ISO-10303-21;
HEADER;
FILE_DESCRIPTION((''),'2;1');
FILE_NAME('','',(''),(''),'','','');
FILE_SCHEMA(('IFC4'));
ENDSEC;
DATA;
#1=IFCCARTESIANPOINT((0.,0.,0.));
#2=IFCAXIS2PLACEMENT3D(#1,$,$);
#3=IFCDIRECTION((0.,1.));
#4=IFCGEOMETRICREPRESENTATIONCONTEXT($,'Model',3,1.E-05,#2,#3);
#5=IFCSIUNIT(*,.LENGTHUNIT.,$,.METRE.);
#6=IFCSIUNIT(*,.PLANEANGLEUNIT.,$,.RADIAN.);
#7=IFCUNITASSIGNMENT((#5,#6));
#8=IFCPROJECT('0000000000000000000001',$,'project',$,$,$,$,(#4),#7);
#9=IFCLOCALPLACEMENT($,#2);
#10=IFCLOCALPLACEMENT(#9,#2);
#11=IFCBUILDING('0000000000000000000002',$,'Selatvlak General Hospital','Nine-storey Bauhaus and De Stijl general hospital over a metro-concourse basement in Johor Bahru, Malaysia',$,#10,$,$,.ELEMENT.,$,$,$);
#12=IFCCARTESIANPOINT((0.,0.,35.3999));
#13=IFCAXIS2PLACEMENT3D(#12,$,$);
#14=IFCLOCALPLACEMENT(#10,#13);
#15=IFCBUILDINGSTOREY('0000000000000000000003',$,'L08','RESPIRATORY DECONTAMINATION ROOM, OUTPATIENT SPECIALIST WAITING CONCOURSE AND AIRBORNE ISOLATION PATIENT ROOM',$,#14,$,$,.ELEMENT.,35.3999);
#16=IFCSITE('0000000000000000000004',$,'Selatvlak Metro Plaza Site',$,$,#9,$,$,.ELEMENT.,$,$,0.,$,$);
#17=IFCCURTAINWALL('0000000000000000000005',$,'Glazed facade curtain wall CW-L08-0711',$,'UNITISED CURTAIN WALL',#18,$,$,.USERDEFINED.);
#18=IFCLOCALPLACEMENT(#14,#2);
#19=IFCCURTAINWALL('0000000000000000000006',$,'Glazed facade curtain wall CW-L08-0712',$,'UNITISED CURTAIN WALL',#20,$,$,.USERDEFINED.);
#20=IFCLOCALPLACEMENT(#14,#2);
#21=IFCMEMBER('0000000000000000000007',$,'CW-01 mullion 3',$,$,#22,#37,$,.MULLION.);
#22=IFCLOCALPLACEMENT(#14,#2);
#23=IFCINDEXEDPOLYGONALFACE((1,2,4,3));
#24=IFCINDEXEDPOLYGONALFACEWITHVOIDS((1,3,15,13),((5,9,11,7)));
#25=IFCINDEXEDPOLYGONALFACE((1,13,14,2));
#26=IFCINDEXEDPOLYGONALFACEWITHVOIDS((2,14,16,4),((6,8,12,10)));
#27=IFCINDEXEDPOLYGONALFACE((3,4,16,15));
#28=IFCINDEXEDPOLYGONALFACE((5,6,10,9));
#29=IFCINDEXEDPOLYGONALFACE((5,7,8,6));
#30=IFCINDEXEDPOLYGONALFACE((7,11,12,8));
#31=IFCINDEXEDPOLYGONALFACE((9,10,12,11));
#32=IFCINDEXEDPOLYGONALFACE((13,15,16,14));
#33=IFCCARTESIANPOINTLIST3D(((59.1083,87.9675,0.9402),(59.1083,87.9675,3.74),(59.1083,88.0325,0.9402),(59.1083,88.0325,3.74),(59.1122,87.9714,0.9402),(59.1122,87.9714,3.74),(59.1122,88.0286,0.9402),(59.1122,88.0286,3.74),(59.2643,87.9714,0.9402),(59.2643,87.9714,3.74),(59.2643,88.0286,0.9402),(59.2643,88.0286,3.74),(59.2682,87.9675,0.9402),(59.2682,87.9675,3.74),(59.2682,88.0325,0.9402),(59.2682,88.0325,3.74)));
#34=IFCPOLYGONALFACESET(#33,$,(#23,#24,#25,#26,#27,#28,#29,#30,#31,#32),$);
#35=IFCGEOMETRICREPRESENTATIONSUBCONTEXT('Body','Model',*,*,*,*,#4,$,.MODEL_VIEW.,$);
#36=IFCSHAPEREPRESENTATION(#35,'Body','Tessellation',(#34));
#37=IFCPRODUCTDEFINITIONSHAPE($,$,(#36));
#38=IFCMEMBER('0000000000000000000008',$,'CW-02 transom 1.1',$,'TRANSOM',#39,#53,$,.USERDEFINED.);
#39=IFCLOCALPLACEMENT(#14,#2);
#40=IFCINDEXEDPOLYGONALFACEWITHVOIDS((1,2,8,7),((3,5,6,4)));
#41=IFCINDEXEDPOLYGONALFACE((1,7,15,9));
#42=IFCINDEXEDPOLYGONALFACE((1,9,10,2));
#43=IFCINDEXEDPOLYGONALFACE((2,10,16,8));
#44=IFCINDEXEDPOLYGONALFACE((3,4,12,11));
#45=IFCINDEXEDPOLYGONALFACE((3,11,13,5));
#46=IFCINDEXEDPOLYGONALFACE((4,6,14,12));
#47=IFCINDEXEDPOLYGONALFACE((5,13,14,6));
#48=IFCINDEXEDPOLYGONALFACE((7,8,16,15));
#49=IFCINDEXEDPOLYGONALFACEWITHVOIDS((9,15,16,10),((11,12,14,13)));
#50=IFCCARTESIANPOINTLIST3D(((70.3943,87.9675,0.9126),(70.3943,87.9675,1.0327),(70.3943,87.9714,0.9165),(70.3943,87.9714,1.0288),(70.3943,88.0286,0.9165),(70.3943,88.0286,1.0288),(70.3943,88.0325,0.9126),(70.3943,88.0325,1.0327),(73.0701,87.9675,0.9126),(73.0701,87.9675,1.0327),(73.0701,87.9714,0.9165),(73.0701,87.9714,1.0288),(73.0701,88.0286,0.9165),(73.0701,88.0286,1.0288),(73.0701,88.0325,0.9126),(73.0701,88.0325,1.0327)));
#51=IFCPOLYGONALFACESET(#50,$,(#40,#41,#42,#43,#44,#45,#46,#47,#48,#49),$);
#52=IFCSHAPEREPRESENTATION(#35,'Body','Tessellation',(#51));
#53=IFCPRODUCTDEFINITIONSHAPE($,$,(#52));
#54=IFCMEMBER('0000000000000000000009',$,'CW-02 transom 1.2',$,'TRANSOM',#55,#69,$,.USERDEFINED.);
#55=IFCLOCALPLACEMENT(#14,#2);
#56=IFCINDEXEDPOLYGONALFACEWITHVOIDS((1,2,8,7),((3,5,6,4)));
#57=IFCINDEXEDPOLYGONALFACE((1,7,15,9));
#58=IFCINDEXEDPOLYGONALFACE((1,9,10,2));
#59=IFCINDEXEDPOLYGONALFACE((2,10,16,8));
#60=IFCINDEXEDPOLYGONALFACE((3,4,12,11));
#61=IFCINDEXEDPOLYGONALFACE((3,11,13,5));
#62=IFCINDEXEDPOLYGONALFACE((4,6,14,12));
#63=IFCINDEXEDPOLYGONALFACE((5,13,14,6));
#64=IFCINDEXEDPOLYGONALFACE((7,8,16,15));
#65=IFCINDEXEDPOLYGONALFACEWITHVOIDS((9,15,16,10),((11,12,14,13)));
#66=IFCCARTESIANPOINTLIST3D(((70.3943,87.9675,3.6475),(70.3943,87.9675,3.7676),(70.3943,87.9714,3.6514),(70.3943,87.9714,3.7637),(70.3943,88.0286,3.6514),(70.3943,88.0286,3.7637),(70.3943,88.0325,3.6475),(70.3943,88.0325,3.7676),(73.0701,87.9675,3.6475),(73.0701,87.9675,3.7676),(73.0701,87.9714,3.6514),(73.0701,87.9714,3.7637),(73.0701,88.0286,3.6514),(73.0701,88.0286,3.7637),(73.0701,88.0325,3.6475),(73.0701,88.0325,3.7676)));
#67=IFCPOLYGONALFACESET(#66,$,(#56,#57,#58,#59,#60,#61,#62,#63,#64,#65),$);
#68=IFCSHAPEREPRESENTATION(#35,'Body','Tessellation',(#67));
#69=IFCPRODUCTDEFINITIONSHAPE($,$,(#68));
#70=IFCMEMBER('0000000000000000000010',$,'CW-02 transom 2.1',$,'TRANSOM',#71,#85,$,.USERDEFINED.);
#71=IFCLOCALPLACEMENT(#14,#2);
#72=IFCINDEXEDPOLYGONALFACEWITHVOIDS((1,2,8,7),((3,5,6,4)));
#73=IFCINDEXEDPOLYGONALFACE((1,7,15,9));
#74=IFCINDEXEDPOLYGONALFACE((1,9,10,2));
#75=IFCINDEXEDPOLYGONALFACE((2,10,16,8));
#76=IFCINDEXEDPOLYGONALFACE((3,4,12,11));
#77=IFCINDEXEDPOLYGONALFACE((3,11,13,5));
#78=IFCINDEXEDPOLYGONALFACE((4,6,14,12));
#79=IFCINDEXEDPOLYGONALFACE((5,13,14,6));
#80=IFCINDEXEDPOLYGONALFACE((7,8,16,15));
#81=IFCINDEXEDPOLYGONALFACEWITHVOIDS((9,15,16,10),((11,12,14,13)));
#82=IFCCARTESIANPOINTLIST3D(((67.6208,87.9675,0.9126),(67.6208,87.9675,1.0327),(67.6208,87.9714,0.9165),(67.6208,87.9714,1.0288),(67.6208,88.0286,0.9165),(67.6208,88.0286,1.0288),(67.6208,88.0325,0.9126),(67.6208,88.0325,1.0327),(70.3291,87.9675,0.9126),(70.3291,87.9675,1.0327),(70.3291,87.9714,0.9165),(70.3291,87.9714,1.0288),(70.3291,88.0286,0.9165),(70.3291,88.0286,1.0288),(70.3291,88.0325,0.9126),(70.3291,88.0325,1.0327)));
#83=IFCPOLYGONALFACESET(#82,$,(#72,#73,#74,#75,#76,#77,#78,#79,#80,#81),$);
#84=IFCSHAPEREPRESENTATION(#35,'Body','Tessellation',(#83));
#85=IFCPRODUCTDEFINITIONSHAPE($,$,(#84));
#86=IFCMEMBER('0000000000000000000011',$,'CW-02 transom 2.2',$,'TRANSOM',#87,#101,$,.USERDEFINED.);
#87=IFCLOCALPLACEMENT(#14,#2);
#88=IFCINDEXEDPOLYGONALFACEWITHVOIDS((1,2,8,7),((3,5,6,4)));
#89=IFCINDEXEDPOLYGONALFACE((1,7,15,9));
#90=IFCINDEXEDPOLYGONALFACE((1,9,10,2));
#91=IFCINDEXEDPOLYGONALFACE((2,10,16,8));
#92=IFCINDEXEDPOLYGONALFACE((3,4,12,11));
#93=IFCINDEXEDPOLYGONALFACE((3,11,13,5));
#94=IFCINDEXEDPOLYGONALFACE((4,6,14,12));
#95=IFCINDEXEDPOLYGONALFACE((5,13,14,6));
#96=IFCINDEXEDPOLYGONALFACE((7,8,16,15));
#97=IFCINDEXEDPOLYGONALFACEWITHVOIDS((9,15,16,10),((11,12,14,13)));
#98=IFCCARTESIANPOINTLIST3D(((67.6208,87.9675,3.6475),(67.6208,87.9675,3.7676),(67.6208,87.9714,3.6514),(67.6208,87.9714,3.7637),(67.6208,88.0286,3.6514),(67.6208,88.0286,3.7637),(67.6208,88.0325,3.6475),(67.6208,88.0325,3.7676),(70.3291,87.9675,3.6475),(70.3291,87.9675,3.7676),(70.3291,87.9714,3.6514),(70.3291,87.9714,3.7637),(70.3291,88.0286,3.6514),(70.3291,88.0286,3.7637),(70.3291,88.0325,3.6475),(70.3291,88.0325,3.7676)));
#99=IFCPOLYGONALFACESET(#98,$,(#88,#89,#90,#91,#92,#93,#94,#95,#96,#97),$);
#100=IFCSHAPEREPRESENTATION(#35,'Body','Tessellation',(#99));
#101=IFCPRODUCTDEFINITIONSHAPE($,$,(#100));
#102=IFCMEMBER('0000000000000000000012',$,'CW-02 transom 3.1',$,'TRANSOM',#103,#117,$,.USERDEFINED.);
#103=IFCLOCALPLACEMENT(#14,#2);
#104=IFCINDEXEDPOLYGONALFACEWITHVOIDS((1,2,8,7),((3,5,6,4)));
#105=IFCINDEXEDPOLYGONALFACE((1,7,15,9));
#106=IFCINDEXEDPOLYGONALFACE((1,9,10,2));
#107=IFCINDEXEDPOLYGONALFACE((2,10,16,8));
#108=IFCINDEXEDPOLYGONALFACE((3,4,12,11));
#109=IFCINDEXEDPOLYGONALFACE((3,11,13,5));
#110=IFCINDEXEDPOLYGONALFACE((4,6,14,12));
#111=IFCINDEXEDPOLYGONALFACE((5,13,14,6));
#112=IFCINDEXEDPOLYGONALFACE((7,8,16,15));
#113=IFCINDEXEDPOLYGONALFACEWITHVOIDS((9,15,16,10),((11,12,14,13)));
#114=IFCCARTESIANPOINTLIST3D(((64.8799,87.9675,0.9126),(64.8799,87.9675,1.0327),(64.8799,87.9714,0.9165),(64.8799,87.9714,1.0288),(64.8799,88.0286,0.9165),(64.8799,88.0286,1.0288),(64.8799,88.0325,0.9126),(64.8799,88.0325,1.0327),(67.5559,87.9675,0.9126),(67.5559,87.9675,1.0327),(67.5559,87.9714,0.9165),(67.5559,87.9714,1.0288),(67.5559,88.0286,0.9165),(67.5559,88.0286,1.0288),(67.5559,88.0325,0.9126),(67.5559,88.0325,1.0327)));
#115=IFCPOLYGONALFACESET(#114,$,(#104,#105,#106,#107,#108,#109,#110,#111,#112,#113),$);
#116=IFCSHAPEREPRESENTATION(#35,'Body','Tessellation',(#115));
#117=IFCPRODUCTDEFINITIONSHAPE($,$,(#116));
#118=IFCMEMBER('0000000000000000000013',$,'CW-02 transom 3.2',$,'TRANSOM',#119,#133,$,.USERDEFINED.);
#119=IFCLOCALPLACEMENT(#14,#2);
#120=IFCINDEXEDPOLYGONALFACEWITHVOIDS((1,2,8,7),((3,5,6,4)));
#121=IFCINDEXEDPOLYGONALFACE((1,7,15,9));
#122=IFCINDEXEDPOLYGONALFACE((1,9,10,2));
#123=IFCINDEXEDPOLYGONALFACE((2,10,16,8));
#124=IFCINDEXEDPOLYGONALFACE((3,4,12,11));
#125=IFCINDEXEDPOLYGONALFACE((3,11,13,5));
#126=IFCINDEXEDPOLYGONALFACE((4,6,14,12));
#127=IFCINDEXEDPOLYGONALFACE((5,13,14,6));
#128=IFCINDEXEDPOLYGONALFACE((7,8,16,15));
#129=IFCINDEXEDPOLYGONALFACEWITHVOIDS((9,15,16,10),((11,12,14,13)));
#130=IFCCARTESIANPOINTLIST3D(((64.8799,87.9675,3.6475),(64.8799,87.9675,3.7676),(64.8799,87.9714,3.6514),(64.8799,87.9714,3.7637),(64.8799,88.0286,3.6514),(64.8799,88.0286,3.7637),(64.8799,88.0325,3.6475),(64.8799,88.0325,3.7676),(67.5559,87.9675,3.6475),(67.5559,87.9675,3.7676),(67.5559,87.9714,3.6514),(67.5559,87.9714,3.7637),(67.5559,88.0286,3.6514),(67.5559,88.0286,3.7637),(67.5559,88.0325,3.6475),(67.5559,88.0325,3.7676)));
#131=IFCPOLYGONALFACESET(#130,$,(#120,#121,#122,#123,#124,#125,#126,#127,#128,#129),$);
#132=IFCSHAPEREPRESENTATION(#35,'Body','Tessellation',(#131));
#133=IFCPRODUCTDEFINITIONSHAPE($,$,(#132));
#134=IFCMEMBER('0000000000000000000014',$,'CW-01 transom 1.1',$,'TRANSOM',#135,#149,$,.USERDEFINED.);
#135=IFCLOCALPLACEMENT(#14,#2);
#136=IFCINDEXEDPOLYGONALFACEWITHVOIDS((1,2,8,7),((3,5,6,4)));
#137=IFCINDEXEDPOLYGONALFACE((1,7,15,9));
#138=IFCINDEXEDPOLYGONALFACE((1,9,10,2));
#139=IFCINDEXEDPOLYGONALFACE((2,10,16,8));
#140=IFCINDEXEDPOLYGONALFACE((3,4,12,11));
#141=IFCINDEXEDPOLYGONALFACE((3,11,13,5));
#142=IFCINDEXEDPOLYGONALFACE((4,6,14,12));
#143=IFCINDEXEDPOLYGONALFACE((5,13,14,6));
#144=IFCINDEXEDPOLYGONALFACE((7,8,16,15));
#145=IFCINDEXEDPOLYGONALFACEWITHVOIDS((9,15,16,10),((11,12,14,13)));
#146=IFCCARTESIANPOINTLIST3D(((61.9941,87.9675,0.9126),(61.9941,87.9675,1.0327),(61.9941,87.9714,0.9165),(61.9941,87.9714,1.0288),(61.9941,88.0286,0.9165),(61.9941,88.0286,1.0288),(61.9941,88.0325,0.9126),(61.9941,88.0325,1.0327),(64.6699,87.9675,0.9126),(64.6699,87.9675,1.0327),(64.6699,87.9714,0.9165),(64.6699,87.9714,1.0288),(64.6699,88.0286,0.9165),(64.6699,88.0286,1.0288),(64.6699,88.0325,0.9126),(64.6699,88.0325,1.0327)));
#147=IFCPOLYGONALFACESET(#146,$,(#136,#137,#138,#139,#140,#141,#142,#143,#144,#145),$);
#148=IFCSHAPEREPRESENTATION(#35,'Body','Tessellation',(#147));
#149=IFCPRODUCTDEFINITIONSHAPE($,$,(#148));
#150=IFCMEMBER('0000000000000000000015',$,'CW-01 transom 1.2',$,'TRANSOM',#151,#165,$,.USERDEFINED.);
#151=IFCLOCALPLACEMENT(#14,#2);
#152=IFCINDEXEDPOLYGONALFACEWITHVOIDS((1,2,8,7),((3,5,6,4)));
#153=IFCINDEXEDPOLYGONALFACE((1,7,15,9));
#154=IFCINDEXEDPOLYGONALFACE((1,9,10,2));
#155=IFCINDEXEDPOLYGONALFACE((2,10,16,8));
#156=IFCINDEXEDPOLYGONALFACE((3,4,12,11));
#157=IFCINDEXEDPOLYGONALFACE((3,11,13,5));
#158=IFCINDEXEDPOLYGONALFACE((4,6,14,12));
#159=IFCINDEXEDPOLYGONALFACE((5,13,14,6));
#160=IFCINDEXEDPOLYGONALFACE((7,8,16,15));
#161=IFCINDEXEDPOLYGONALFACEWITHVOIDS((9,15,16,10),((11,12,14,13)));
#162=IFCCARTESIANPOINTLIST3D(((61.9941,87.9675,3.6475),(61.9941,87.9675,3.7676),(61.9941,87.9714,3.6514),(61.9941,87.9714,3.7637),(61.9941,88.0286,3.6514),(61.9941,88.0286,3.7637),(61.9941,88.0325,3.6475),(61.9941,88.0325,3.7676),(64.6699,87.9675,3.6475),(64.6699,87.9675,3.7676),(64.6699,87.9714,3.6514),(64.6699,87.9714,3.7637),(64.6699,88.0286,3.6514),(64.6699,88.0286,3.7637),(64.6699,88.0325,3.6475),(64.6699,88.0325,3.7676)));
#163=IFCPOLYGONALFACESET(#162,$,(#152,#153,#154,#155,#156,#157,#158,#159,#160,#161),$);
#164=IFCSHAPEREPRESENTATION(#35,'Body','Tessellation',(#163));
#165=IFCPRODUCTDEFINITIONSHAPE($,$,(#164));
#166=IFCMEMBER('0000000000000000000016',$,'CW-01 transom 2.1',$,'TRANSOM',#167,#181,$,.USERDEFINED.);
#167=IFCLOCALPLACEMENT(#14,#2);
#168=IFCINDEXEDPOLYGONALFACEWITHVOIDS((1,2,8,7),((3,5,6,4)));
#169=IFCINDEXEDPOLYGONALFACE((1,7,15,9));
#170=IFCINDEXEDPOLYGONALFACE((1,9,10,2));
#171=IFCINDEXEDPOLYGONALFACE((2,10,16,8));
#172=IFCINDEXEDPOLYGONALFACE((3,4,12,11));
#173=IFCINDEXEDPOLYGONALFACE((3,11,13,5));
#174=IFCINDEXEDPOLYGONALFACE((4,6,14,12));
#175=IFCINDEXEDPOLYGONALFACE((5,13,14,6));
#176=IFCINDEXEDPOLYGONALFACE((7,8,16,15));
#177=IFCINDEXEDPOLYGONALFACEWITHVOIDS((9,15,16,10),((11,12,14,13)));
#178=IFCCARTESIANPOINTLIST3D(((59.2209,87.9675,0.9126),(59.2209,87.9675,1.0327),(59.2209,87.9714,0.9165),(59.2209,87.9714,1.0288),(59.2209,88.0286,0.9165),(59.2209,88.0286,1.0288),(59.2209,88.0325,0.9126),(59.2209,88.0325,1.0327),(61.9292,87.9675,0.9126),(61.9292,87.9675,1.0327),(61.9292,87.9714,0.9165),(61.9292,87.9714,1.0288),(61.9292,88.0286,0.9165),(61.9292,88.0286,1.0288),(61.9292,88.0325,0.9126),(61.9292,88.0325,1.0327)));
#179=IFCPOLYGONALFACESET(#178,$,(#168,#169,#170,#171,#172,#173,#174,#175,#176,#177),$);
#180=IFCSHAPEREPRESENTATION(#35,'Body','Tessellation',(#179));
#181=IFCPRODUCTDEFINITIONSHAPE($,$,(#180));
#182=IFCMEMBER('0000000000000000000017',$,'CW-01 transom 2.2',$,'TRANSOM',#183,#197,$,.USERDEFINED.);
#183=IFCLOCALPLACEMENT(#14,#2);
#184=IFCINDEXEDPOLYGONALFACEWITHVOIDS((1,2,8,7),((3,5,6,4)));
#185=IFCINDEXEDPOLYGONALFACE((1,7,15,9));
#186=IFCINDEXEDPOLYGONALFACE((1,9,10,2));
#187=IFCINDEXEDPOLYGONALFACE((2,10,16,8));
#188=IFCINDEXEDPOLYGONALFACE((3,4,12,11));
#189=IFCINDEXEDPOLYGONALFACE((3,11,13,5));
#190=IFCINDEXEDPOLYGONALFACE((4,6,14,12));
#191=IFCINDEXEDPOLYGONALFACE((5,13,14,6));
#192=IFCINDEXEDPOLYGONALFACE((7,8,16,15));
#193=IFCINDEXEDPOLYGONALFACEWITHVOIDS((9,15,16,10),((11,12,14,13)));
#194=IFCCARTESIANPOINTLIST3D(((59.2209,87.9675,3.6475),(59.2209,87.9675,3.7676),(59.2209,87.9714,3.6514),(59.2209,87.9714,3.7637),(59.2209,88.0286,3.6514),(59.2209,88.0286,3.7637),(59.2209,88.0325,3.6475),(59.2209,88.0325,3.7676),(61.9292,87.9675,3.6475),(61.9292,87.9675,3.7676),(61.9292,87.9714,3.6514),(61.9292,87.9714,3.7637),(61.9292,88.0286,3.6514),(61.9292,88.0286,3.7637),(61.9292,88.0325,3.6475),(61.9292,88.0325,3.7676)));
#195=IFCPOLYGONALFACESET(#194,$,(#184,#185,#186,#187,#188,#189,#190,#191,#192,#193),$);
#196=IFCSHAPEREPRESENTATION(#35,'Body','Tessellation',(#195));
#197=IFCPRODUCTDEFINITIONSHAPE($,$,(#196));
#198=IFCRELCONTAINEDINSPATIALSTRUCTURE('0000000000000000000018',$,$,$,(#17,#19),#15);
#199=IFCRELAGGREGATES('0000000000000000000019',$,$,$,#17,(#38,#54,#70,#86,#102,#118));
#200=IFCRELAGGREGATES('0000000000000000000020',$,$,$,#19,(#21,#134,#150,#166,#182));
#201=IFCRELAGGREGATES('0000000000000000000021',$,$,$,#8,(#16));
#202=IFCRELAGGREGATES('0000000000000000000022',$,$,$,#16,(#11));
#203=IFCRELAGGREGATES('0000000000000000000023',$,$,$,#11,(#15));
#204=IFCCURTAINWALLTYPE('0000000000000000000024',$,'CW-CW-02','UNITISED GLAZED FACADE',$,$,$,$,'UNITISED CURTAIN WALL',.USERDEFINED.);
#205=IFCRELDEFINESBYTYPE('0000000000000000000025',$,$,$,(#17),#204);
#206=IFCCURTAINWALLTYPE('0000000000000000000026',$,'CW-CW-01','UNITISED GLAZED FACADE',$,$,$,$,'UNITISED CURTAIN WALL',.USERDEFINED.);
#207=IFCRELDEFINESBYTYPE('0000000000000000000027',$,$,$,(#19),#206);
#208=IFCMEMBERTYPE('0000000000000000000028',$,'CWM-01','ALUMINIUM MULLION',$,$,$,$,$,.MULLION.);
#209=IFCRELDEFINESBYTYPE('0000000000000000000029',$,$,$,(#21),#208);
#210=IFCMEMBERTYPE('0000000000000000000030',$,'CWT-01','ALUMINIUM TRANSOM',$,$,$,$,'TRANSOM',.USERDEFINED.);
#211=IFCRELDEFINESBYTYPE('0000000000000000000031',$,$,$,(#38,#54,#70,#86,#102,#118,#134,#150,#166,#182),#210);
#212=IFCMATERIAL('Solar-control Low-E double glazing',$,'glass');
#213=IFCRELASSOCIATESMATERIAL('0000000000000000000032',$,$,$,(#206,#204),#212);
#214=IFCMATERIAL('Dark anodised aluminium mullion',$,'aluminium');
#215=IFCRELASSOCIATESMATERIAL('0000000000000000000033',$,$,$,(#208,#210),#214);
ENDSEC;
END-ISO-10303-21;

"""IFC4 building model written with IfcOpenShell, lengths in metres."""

from ifc_helpers import new_model, si_unit, direction, frame, origin, origin_2d, place, context, subcontext, project, spatial, hollow_rectangle, extrude, material, material_profile, profile_set, type_object, element, aggregate, save


model = new_model("IFC4")

# Units and contexts
model_context = context("Model", 3, precision=1e-05, world=origin(), true_north=direction((0.0, 1.0)))
body_context = subcontext(model_context, "Body", "Model", "MODEL_VIEW")
ifc_project = project(units=[si_unit("LENGTHUNIT", "METRE"), si_unit("PLANEANGLEUNIT", "RADIAN")], contexts=[model_context])

# Site, building, storey
site_placement = place(None, origin())
site = spatial("IfcSite", under=ifc_project, at=site_placement, Name="Selatvlak Metro Plaza Site", CompositionType="ELEMENT", RefElevation=0.0)
building_placement = place(site_placement, origin())
building = spatial("IfcBuilding", under=site, at=building_placement, Name="Selatvlak General Hospital", Description="Nine-storey Bauhaus and De Stijl general hospital over a metro-concourse basement in Johor Bahru, Malaysia", CompositionType="ELEMENT")
storey_placement = place(building_placement, frame((0.0, 0.0, 35.3999)))
storey = spatial("IfcBuildingStorey", under=building, at=storey_placement, Name="L08", Description="RESPIRATORY DECONTAMINATION ROOM, OUTPATIENT SPECIALIST WAITING CONCOURSE AND AIRBORNE ISOLATION PATIENT ROOM", CompositionType="ELEMENT", Elevation=35.3999)

# Shared definitions
ifc_material_1 = material(Name="Solar-control Low-E double glazing", Category="glass")
curtain_wall_type_1 = type_object("IfcCurtainWallType", Name="CW-CW-01", Description="UNITISED GLAZED FACADE", ElementType="UNITISED CURTAIN WALL", PredefinedType="USERDEFINED", material=ifc_material_1)
ifc_material_2 = material(Name="Dark anodised aluminium mullion", Category="aluminium")
ifc_material_profile_1 = material_profile(ifc_material_2, hollow_rectangle(XDim=0.0649, YDim=0.1599, WallThickness=0.0039, at=origin_2d()), Name="AL-MUL 65x160x4")
ifc_profile_set_1 = profile_set([ifc_material_profile_1], Name="Dark anodised aluminium mullion")
member_type_1 = type_object("IfcMemberType", Name="CWM-01", Description="ALUMINIUM MULLION", PredefinedType="MULLION", material=ifc_profile_set_1)

# Curtain walls, member
curtain_wall_type_2 = type_object("IfcCurtainWallType", Name="CW-CW-02", Description="UNITISED GLAZED FACADE", ElementType="UNITISED CURTAIN WALL", PredefinedType="USERDEFINED", material=ifc_material_1)
curtain_wall_1_placement = place(storey_placement, origin())
curtain_wall_1 = element("IfcCurtainWall", 1, at=curtain_wall_1_placement, inside=storey, type_object=curtain_wall_type_2, Name="Glazed facade curtain wall CW-L08-0711", ObjectType="UNITISED CURTAIN WALL", PredefinedType="USERDEFINED")
curtain_wall_2_placement = place(storey_placement, origin())
curtain_wall_2 = element("IfcCurtainWall", 2, at=curtain_wall_2_placement, inside=storey, type_object=curtain_wall_type_1, Name="Glazed facade curtain wall CW-L08-0712", ObjectType="UNITISED CURTAIN WALL", PredefinedType="USERDEFINED")
member_1_placement = place(storey_placement, frame((59.1882, 88.0, 0.9402), z_axis=(0.0, 0.0, 1.0), x_axis=(0.0, -1.0, 0.0)))
member_1 = element("IfcMember", 3, at=member_1_placement, type_object=member_type_1, Name="CW-01 mullion 3", PredefinedType="MULLION", context=body_context, shape_type="SweptSolid", body=[
    extrude(hollow_rectangle(XDim=0.0649, YDim=0.1599, WallThickness=0.0039, at=origin_2d()), origin(), (0.0, 0.0, 1.0), 2.7998),
])

# Members
ifc_material_profile_2 = material_profile(ifc_material_2, hollow_rectangle(XDim=0.0649, YDim=0.1201, WallThickness=0.0039, at=origin_2d()), Name="AL-TRN 65x120x4")
ifc_profile_set_2 = profile_set([ifc_material_profile_2], Name="Dark anodised aluminium mullion")
member_type_2 = type_object("IfcMemberType", Name="CWT-01", Description="ALUMINIUM TRANSOM", ElementType="TRANSOM", PredefinedType="USERDEFINED", material=ifc_profile_set_2)
member_2_placement = place(storey_placement, frame((73.0701, 88.0, 0.9727), z_axis=(-1.0, 0.0, 0.0), x_axis=(0.0, -1.0, 0.0)))
member_2 = element("IfcMember", 4, at=member_2_placement, type_object=member_type_2, Name="CW-02 transom 1.1", ObjectType="TRANSOM", PredefinedType="USERDEFINED", context=body_context, shape_type="SweptSolid", body=[
    extrude(hollow_rectangle(XDim=0.0649, YDim=0.1201, WallThickness=0.0039, at=origin_2d()), origin(), (0.0, 0.0, 1.0), 2.6758),
])
member_3_placement = place(storey_placement, frame((73.0701, 88.0, 3.7075), z_axis=(-1.0, 0.0, 0.0), x_axis=(0.0, -1.0, 0.0)))
member_3 = element("IfcMember", 5, at=member_3_placement, type_object=member_type_2, Name="CW-02 transom 1.2", ObjectType="TRANSOM", PredefinedType="USERDEFINED", context=body_context, shape_type="SweptSolid", body=[
    extrude(hollow_rectangle(XDim=0.0649, YDim=0.1201, WallThickness=0.0039, at=origin_2d()), origin(), (0.0, 0.0, 1.0), 2.6758),
])
member_4_placement = place(storey_placement, frame((70.3291, 88.0, 0.9727), z_axis=(-1.0, 0.0, 0.0), x_axis=(0.0, -1.0, 0.0)))
member_4 = element("IfcMember", 6, at=member_4_placement, type_object=member_type_2, Name="CW-02 transom 2.1", ObjectType="TRANSOM", PredefinedType="USERDEFINED", context=body_context, shape_type="SweptSolid", body=[
    extrude(hollow_rectangle(XDim=0.0649, YDim=0.1201, WallThickness=0.0039, at=origin_2d()), origin(), (0.0, 0.0, 1.0), 2.7083),
])
member_5_placement = place(storey_placement, frame((70.3291, 88.0, 3.7075), z_axis=(-1.0, 0.0, 0.0), x_axis=(0.0, -1.0, 0.0)))
member_5 = element("IfcMember", 7, at=member_5_placement, type_object=member_type_2, Name="CW-02 transom 2.2", ObjectType="TRANSOM", PredefinedType="USERDEFINED", context=body_context, shape_type="SweptSolid", body=[
    extrude(hollow_rectangle(XDim=0.0649, YDim=0.1201, WallThickness=0.0039, at=origin_2d()), origin(), (0.0, 0.0, 1.0), 2.7083),
])
member_6_placement = place(storey_placement, frame((67.5559, 88.0, 0.9727), z_axis=(-1.0, 0.0, 0.0), x_axis=(0.0, -1.0, 0.0)))
member_6 = element("IfcMember", 8, at=member_6_placement, type_object=member_type_2, Name="CW-02 transom 3.1", ObjectType="TRANSOM", PredefinedType="USERDEFINED", context=body_context, shape_type="SweptSolid", body=[
    extrude(hollow_rectangle(XDim=0.0649, YDim=0.1201, WallThickness=0.0039, at=origin_2d()), origin(), (0.0, 0.0, 1.0), 2.676),
])
member_7_placement = place(storey_placement, frame((67.5559, 88.0, 3.7075), z_axis=(-1.0, 0.0, 0.0), x_axis=(0.0, -1.0, 0.0)))
member_7 = element("IfcMember", 9, at=member_7_placement, type_object=member_type_2, Name="CW-02 transom 3.2", ObjectType="TRANSOM", PredefinedType="USERDEFINED", context=body_context, shape_type="SweptSolid", body=[
    extrude(hollow_rectangle(XDim=0.0649, YDim=0.1201, WallThickness=0.0039, at=origin_2d()), origin(), (0.0, 0.0, 1.0), 2.676),
])
member_8_placement = place(storey_placement, frame((64.6699, 88.0, 0.9727), z_axis=(-1.0, 0.0, 0.0), x_axis=(0.0, -1.0, 0.0)))
member_8 = element("IfcMember", 10, at=member_8_placement, type_object=member_type_2, Name="CW-01 transom 1.1", ObjectType="TRANSOM", PredefinedType="USERDEFINED", context=body_context, shape_type="SweptSolid", body=[
    extrude(hollow_rectangle(XDim=0.0649, YDim=0.1201, WallThickness=0.0039, at=origin_2d()), origin(), (0.0, 0.0, 1.0), 2.6758),
])
member_9_placement = place(storey_placement, frame((64.6699, 88.0, 3.7075), z_axis=(-1.0, 0.0, 0.0), x_axis=(0.0, -1.0, 0.0)))
member_9 = element("IfcMember", 11, at=member_9_placement, type_object=member_type_2, Name="CW-01 transom 1.2", ObjectType="TRANSOM", PredefinedType="USERDEFINED", context=body_context, shape_type="SweptSolid", body=[
    extrude(hollow_rectangle(XDim=0.0649, YDim=0.1201, WallThickness=0.0039, at=origin_2d()), origin(), (0.0, 0.0, 1.0), 2.6758),
])
member_10_placement = place(storey_placement, frame((61.9292, 88.0, 0.9727), z_axis=(-1.0, 0.0, 0.0), x_axis=(0.0, -1.0, 0.0)))
member_10 = element("IfcMember", 12, at=member_10_placement, type_object=member_type_2, Name="CW-01 transom 2.1", ObjectType="TRANSOM", PredefinedType="USERDEFINED", context=body_context, shape_type="SweptSolid", body=[
    extrude(hollow_rectangle(XDim=0.0649, YDim=0.1201, WallThickness=0.0039, at=origin_2d()), origin(), (0.0, 0.0, 1.0), 2.7083),
])
member_11_placement = place(storey_placement, frame((61.9292, 88.0, 3.7075), z_axis=(-1.0, 0.0, 0.0), x_axis=(0.0, -1.0, 0.0)))
member_11 = element("IfcMember", 13, at=member_11_placement, type_object=member_type_2, Name="CW-01 transom 2.2", ObjectType="TRANSOM", PredefinedType="USERDEFINED", context=body_context, shape_type="SweptSolid", body=[
    extrude(hollow_rectangle(XDim=0.0649, YDim=0.1201, WallThickness=0.0039, at=origin_2d()), origin(), (0.0, 0.0, 1.0), 2.7083),
])

aggregate(curtain_wall_1, [member_2, member_3, member_4, member_5, member_6, member_7])
aggregate(curtain_wall_2, [member_1, member_8, member_9, member_10, member_11])

save(model, "model.ifc")
